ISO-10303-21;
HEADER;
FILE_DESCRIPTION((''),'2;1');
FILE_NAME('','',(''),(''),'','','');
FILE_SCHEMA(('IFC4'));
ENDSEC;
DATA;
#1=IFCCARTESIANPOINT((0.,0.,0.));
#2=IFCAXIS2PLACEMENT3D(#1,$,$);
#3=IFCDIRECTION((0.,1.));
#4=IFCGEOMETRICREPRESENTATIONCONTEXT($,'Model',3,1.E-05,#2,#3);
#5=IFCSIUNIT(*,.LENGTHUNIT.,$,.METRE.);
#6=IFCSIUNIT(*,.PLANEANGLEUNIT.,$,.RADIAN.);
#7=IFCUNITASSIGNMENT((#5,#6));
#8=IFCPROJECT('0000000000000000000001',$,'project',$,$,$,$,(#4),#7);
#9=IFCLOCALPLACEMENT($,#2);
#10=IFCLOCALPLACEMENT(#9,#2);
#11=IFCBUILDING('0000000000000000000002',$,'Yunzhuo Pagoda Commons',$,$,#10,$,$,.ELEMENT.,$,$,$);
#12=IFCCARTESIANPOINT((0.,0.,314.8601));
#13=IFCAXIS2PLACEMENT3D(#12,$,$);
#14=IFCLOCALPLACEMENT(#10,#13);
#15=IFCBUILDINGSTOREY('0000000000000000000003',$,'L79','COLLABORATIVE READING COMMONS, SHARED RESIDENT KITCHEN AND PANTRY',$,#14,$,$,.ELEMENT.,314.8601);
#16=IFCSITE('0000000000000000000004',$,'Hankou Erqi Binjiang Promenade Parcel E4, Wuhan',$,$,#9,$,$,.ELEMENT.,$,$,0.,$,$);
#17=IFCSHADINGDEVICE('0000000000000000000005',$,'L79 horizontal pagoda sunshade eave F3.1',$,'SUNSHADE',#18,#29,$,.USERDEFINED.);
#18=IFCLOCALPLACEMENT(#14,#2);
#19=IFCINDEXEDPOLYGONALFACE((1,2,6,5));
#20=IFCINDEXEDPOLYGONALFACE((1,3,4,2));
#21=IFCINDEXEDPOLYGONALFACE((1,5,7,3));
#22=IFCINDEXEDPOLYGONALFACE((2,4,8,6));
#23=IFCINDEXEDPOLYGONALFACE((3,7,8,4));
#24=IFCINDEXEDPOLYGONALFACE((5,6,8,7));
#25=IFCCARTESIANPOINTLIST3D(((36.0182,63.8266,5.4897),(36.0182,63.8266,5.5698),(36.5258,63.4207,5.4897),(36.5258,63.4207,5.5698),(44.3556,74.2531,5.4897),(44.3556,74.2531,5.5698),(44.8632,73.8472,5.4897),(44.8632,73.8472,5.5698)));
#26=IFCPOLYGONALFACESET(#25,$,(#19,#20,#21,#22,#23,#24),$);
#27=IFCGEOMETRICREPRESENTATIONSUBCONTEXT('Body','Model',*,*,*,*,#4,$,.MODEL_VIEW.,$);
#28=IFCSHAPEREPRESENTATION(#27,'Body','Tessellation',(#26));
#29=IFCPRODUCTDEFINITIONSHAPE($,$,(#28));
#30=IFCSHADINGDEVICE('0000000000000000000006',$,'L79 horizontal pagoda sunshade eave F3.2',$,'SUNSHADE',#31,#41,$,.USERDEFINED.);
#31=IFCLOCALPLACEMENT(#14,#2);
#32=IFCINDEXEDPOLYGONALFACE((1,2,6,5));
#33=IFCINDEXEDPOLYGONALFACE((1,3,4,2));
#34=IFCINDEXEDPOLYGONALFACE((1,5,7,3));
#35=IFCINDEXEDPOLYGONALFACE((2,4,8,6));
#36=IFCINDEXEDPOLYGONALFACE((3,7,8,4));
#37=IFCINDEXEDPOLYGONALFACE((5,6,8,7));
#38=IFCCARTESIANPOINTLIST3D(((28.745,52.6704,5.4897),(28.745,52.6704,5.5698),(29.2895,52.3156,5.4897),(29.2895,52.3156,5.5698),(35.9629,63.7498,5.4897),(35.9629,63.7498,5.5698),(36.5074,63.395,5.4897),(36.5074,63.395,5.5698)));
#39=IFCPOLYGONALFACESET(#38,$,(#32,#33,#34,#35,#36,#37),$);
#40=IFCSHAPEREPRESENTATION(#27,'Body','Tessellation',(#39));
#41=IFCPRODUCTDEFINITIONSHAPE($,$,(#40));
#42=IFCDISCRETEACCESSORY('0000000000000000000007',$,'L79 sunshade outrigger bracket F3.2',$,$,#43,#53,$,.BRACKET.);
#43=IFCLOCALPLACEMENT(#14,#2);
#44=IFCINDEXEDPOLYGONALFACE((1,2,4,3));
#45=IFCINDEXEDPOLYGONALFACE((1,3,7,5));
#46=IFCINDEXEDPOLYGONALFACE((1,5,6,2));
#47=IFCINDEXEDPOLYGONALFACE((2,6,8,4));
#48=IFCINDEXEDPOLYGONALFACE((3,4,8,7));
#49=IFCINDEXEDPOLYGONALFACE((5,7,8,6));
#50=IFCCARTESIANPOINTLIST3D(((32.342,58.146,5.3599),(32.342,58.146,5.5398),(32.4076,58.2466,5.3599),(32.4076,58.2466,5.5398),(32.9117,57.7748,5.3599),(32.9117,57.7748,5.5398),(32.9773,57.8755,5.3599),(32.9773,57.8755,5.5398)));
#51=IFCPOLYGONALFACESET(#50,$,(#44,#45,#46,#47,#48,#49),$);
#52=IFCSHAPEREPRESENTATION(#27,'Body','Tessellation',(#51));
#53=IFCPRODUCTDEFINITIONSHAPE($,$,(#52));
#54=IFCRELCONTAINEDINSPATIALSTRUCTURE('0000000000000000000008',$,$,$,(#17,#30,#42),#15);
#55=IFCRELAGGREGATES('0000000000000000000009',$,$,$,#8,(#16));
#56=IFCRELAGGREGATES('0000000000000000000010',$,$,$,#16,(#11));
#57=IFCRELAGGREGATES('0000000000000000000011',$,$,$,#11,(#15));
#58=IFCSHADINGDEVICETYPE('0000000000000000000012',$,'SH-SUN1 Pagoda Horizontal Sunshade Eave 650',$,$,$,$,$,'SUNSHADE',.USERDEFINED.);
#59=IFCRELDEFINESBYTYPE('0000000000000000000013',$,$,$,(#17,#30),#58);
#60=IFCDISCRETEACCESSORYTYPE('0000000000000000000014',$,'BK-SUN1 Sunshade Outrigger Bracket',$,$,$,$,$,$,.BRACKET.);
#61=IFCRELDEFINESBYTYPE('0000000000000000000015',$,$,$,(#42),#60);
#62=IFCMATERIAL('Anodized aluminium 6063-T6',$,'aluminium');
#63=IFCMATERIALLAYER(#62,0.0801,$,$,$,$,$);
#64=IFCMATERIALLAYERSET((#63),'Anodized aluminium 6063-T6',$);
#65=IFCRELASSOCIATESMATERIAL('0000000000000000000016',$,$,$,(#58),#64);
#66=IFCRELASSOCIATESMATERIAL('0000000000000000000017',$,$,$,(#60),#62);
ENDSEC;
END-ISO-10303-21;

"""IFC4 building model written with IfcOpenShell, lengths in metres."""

from ifc_helpers import new_model, si_unit, direction, frame, origin, origin_2d, place, context, subcontext, project, spatial, rectangle, extrude, source, transform, mapped, material, layer, layer_set, type_object, element, save


model = new_model("IFC4")

# Units and contexts
model_context = context("Model", 3, precision=1e-05, world=origin(), true_north=direction((0.0, 1.0)))
body_context = subcontext(model_context, "Body", "Model", "MODEL_VIEW")
ifc_project = project(units=[si_unit("LENGTHUNIT", "METRE"), si_unit("PLANEANGLEUNIT", "RADIAN")], contexts=[model_context])

# Site, building, storey
site_placement = place(None, origin())
site = spatial("IfcSite", under=ifc_project, at=site_placement, Name="Hankou Erqi Binjiang Promenade Parcel E4, Wuhan", CompositionType="ELEMENT", RefElevation=0.0)
building_placement = place(site_placement, origin())
building = spatial("IfcBuilding", under=site, at=building_placement, Name="Yunzhuo Pagoda Commons", CompositionType="ELEMENT")
storey_placement = place(building_placement, frame((0.0, 0.0, 314.8601)))
storey = spatial("IfcBuildingStorey", under=building, at=storey_placement, Name="L79", Description="COLLABORATIVE READING COMMONS, SHARED RESIDENT KITCHEN AND PANTRY", CompositionType="ELEMENT", Elevation=314.8601)

# Shared definitions
ifc_material_1 = material(Name="Anodized aluminium 6063-T6", Category="aluminium")

# Shading devices
ifc_layer_1 = layer(ifc_material_1, 0.0801)
ifc_layer_set_1 = layer_set([ifc_layer_1], Name="Anodized aluminium 6063-T6")
shading_device_type = type_object("IfcShadingDeviceType", Name="SH-SUN1 Pagoda Horizontal Sunshade Eave 650", ElementType="SUNSHADE", PredefinedType="USERDEFINED", material=ifc_layer_set_1)
shared_shape_1 = source(origin(), body_context, "Body", "SweptSolid", [
    extrude(rectangle(XDim=13.3501, YDim=0.6499, at=origin_2d()), origin(), (0.0, 0.0, 1.0), 0.0801),
])
shading_device_1_placement = place(storey_placement, frame((40.4407, 68.8369, 5.4897), z_axis=(0.0, 0.0, 1.0), x_axis=(-0.62452, -0.781008, 0.0)))
element("IfcShadingDevice", 1, at=shading_device_1_placement, inside=storey, type_object=shading_device_type, Name="L79 horizontal pagoda sunshade eave F3.1", ObjectType="SUNSHADE", PredefinedType="USERDEFINED", context=body_context, shape_type="MappedRepresentation", body=[
    mapped(shared_shape_1, transform((0.0, 0.0, 0.0), scale=1.0)),
])
shared_shape_2 = source(origin(), body_context, "Body", "SweptSolid", [
    extrude(rectangle(XDim=13.2231, YDim=0.6499, at=origin_2d()), origin(), (0.0, 0.0, 1.0), 0.0801),
])
shading_device_2_placement = place(storey_placement, frame((32.6262, 58.0327, 5.4897), z_axis=(0.0, 0.0, 1.0), x_axis=(-0.545853, -0.837881, 0.0)))
element("IfcShadingDevice", 2, at=shading_device_2_placement, inside=storey, type_object=shading_device_type, Name="L79 horizontal pagoda sunshade eave F3.2", ObjectType="SUNSHADE", PredefinedType="USERDEFINED", context=body_context, shape_type="MappedRepresentation", body=[
    mapped(shared_shape_2, transform((0.0, 0.0, 0.0), scale=1.0)),
])

# Discrete accessory
discrete_accessory_type = type_object("IfcDiscreteAccessoryType", Name="BK-SUN1 Sunshade Outrigger Bracket", PredefinedType="BRACKET", material=ifc_material_1)
shared_shape_3 = source(origin(), body_context, "Body", "SweptSolid", [
    extrude(rectangle(XDim=0.1201, YDim=0.6799, at=origin_2d()), origin(), (0.0, 0.0, 1.0), 0.1799),
])
discrete_accessory_placement = place(storey_placement, frame((32.6597, 58.0107, 5.3599), z_axis=(0.0, 0.0, 1.0), x_axis=(-0.545853, -0.837881, 0.0)))
element("IfcDiscreteAccessory", 3, at=discrete_accessory_placement, inside=storey, type_object=discrete_accessory_type, Name="L79 sunshade outrigger bracket F3.2", PredefinedType="BRACKET", context=body_context, shape_type="MappedRepresentation", body=[
    mapped(shared_shape_3, transform((0.0, 0.0, 0.0), scale=1.0)),
])

save(model, "model.ifc")
